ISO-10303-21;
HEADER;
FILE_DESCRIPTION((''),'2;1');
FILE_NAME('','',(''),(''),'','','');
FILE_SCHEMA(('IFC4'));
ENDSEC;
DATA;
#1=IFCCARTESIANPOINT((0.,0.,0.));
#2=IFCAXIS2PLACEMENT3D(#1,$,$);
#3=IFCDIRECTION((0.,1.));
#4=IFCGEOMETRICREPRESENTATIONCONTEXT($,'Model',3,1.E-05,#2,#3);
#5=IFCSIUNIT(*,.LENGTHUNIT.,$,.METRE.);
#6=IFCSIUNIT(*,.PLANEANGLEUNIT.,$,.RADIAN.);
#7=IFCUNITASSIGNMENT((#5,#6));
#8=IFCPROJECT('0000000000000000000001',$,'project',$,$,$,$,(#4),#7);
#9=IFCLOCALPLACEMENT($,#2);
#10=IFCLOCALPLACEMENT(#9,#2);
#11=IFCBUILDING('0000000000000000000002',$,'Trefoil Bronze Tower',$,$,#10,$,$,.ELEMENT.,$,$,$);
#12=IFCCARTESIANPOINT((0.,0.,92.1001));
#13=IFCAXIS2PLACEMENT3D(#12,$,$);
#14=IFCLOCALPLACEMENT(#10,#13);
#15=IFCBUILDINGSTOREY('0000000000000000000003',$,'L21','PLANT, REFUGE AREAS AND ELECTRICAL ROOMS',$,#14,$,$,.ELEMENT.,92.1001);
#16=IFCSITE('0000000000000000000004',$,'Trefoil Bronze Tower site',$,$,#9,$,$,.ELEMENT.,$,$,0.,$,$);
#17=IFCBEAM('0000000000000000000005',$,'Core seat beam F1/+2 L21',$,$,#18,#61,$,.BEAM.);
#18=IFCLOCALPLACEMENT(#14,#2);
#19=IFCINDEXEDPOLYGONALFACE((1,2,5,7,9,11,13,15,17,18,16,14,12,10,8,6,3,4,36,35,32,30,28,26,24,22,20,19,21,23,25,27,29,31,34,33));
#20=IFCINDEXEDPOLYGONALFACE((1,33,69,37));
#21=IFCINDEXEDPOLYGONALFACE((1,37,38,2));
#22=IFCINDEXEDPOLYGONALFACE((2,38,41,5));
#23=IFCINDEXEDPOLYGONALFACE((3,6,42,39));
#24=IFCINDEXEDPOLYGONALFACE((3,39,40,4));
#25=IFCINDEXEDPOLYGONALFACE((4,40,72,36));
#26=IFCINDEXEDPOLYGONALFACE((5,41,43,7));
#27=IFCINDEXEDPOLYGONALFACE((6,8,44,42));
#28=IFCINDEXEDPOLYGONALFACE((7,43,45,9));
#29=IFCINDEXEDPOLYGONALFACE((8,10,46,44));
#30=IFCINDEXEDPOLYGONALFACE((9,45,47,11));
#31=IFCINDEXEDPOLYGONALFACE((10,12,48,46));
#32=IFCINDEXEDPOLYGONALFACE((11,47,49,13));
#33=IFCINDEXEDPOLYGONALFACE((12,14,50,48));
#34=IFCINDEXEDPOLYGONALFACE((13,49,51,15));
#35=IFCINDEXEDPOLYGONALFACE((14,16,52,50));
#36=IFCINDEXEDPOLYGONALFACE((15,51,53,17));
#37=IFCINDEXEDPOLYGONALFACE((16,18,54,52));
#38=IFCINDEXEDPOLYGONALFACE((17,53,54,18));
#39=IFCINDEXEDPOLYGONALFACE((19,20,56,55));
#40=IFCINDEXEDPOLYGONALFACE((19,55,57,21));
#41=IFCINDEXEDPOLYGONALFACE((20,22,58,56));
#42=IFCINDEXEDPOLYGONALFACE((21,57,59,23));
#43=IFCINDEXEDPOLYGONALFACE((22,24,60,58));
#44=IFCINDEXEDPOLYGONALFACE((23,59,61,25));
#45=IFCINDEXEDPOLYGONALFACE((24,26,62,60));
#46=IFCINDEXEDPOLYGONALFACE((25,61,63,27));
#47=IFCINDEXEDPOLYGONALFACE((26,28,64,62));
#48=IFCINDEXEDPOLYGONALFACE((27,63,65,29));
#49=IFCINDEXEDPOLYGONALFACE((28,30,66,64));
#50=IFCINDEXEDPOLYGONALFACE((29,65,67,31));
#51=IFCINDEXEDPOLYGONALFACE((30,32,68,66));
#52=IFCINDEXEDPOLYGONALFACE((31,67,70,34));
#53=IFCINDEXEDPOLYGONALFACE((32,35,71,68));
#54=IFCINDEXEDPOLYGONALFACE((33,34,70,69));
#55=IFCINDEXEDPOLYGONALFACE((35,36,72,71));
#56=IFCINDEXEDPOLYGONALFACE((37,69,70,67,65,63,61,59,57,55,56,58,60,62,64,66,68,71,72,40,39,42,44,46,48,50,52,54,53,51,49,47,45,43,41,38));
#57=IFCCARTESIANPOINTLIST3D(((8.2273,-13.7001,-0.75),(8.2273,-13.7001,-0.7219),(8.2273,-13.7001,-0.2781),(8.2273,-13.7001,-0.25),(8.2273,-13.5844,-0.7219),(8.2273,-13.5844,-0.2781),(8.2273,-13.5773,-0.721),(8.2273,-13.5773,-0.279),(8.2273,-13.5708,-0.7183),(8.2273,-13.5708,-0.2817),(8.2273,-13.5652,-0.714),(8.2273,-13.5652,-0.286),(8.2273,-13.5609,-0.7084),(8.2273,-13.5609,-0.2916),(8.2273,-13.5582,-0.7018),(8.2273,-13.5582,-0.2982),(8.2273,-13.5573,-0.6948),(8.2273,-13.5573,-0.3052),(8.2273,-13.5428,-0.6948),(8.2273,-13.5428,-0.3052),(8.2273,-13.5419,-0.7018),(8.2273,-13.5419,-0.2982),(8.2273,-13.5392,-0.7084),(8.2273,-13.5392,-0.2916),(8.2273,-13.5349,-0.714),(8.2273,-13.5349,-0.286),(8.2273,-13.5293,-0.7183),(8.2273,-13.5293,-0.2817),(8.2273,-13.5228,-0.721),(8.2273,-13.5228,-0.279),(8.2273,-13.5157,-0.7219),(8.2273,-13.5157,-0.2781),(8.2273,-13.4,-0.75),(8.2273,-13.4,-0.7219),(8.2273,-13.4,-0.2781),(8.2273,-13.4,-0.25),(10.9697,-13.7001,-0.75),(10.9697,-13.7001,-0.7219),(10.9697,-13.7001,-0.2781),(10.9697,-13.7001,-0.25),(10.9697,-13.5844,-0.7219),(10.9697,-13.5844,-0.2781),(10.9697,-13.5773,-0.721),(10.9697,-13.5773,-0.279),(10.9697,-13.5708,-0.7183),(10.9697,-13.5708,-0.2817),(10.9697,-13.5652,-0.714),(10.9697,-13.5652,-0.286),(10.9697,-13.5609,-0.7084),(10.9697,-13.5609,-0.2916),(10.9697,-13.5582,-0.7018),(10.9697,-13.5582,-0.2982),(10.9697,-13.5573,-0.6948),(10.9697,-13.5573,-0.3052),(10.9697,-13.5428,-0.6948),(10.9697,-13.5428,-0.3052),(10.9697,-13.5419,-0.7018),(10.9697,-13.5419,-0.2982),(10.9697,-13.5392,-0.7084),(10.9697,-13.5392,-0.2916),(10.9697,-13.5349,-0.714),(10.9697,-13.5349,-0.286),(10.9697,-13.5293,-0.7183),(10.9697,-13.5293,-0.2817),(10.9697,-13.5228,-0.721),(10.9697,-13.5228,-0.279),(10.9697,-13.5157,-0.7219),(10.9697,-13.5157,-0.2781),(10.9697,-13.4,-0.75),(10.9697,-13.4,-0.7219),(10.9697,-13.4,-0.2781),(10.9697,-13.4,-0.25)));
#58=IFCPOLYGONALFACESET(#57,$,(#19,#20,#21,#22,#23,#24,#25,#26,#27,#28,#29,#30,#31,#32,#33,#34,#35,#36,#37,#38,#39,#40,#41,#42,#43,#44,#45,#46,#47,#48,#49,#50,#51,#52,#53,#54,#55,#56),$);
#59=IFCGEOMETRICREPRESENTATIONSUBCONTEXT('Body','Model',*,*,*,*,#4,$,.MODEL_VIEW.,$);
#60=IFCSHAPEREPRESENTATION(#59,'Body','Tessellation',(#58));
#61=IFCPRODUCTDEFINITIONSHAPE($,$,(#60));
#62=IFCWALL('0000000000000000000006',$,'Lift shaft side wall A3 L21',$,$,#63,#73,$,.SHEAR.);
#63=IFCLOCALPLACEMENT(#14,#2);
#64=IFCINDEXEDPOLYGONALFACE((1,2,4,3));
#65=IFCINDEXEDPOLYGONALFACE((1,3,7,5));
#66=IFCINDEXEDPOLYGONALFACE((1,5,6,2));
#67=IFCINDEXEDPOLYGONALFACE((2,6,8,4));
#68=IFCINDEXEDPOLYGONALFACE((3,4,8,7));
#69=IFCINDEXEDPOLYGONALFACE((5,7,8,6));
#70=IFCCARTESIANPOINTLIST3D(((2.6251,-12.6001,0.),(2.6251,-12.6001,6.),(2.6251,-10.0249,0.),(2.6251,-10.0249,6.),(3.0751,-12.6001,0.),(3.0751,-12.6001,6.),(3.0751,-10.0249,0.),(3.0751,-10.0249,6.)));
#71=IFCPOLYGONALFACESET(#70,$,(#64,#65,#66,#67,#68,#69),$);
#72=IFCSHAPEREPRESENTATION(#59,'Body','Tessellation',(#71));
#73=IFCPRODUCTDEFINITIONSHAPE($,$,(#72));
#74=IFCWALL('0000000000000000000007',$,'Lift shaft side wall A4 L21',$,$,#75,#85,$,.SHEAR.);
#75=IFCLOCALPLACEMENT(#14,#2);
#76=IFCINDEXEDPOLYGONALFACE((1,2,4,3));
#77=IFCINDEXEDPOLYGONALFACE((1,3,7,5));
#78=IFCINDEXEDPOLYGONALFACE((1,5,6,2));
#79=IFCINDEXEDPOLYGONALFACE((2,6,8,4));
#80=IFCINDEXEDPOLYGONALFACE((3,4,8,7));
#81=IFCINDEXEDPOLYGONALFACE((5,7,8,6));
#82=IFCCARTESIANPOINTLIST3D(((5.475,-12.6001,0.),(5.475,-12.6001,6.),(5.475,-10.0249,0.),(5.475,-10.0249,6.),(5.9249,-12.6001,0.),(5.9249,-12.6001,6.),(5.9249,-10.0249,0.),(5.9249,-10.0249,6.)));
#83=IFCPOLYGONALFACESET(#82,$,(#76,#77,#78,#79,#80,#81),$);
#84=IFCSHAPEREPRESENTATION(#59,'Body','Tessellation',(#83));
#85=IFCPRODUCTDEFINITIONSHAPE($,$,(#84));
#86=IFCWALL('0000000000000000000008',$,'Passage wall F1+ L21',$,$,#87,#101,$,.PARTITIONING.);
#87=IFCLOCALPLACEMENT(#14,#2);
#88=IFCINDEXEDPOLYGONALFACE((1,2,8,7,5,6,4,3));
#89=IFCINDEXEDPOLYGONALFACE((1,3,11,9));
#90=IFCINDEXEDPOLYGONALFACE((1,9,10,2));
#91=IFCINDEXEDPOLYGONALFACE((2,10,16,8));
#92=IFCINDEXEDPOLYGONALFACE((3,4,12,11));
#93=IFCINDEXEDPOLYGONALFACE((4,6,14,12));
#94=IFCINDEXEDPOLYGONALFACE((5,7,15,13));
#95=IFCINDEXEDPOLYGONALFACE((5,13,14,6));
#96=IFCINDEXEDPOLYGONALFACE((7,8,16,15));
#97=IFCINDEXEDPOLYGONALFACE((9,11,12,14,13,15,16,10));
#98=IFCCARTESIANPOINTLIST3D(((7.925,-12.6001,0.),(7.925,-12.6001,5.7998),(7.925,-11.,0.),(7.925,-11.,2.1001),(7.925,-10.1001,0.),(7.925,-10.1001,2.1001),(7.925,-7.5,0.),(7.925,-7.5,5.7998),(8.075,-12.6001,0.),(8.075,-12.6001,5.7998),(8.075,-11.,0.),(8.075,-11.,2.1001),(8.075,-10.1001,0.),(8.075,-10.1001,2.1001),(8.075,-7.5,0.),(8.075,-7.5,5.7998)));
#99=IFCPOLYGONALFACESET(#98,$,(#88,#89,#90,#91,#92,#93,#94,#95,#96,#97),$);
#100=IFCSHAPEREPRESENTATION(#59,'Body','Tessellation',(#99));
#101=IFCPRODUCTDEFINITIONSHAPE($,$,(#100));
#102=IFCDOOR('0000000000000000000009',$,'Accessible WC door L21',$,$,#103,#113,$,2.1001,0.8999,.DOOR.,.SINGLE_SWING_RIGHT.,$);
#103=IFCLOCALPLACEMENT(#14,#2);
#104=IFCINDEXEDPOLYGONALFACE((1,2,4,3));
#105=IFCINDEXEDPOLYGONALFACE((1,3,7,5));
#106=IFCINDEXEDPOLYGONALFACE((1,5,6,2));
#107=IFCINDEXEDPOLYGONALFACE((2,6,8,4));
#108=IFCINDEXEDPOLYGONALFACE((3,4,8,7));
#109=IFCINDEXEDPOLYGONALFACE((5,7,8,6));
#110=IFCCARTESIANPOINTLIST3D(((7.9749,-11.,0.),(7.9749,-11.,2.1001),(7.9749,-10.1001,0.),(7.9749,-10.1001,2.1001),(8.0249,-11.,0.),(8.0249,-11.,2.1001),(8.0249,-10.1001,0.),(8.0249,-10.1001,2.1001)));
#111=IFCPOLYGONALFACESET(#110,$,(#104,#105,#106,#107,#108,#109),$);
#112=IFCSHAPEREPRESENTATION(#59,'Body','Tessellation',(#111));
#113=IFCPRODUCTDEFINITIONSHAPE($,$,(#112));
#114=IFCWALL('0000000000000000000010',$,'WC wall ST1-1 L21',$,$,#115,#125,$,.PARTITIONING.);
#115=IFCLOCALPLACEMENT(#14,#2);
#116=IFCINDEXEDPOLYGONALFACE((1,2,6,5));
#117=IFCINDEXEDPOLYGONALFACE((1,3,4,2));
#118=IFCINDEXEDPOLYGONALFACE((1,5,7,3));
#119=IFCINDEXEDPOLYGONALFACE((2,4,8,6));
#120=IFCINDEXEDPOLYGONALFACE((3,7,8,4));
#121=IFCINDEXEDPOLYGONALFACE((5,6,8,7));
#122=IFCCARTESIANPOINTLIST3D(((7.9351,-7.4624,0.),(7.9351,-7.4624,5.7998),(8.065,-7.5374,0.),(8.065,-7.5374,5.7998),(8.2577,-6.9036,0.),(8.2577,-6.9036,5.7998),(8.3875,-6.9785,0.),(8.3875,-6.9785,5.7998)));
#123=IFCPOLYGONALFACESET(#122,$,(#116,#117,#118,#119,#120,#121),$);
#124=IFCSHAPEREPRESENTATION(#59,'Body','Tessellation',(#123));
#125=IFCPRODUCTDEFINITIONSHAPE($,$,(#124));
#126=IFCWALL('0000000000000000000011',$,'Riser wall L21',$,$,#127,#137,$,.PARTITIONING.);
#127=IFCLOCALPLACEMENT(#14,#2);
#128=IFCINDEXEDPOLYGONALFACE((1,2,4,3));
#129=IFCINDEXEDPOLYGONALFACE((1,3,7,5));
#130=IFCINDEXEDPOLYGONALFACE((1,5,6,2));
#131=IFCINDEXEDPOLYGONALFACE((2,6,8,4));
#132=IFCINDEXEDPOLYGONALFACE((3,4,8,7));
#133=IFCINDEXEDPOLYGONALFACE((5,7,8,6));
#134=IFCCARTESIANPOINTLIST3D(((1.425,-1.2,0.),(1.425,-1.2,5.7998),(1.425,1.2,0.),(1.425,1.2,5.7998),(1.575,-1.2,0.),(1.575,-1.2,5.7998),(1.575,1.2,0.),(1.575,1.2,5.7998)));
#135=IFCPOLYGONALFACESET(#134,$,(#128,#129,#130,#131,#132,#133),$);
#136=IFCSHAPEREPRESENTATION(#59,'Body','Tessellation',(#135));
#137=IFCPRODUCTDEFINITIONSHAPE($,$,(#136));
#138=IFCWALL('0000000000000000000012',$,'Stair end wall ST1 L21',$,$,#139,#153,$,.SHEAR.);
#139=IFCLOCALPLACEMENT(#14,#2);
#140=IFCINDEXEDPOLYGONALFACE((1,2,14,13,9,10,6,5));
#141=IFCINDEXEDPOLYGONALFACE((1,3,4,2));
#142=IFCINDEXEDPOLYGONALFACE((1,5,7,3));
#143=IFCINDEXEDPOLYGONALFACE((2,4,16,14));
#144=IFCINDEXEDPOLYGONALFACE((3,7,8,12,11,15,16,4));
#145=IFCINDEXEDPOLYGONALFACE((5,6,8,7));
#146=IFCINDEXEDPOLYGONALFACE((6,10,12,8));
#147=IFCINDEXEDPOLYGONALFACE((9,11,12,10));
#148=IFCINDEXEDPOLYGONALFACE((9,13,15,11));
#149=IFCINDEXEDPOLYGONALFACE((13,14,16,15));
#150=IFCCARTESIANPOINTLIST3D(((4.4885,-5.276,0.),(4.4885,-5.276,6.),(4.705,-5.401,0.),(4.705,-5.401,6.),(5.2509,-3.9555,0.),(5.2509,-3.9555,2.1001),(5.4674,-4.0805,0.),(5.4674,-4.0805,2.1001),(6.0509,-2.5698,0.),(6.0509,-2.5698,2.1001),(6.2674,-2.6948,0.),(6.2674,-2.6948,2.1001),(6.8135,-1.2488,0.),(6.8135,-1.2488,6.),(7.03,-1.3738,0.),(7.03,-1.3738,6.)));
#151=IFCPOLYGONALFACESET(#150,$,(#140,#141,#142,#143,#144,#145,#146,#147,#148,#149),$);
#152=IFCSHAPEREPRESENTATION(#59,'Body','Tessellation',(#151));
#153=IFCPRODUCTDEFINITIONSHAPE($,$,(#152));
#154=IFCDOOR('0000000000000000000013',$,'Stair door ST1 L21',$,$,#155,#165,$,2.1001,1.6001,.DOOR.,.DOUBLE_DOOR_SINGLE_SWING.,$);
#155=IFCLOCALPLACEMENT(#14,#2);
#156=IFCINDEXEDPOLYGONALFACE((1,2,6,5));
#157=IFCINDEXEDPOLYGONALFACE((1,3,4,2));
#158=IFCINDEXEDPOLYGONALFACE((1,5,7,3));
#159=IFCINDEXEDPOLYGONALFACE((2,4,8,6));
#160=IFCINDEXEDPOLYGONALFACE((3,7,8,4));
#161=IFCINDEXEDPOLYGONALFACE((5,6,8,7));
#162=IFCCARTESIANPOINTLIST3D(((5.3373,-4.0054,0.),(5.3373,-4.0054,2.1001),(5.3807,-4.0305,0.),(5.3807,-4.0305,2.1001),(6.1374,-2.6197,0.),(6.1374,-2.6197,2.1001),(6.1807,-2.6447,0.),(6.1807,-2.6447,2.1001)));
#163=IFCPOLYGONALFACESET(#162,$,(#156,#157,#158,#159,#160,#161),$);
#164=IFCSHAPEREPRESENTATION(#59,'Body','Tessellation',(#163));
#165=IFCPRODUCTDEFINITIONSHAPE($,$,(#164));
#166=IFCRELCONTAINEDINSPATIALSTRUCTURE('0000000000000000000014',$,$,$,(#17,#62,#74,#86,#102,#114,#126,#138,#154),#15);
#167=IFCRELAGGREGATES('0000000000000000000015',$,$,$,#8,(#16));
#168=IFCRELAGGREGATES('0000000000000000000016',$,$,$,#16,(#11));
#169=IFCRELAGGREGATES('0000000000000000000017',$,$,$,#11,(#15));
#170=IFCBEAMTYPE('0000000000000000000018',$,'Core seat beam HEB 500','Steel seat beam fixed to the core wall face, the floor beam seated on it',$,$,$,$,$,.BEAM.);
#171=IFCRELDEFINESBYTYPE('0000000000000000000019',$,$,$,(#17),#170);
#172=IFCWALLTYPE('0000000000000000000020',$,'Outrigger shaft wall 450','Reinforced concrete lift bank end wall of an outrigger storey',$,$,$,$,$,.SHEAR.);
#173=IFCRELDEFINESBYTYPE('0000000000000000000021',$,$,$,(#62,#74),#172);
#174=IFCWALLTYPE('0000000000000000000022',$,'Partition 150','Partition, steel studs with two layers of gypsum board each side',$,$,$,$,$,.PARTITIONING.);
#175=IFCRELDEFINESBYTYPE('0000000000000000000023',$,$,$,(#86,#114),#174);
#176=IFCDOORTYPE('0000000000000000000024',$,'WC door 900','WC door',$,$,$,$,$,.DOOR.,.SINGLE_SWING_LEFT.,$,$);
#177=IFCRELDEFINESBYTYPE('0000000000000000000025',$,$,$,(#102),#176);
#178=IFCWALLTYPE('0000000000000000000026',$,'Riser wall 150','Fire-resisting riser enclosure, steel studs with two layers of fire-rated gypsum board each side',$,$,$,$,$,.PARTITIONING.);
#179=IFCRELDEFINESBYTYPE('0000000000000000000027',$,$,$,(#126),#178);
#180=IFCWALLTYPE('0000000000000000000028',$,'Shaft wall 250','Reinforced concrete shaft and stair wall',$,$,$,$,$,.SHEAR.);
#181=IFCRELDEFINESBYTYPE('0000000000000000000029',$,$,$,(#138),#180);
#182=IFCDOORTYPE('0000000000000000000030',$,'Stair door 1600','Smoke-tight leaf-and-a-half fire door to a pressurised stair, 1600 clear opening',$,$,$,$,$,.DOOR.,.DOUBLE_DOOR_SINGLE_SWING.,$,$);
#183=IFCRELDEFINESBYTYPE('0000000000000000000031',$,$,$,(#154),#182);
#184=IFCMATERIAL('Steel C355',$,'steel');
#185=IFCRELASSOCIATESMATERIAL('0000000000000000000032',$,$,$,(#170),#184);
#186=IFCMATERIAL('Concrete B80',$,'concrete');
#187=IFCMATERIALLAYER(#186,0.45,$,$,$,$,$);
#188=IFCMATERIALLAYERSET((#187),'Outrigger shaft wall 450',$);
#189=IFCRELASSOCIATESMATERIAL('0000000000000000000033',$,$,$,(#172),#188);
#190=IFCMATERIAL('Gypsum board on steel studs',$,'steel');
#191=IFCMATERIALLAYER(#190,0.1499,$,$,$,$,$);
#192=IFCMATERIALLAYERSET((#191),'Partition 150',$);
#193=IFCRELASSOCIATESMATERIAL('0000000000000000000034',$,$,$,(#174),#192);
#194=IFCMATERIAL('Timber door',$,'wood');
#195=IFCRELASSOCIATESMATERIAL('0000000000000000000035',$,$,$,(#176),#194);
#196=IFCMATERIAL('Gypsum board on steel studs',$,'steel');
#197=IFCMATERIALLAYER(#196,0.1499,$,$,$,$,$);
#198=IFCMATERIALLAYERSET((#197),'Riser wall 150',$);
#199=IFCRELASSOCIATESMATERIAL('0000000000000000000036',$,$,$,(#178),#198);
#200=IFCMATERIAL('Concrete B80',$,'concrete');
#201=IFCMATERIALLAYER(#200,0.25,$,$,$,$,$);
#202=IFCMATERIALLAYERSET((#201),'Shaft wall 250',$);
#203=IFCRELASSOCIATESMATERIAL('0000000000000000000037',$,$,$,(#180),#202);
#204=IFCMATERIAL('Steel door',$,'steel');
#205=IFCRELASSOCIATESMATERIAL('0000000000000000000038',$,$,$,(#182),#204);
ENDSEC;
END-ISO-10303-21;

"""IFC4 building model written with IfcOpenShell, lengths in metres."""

from ifc_helpers import new_model, si_unit, direction, frame, frame_2d, origin, origin_2d, place, context, subcontext, project, spatial, rectangle, i_section, extrude, material, layer, layer_set, material_profile, profile_set, type_object, element, fill, save


model = new_model("IFC4")

# Units and contexts
model_context = context("Model", 3, precision=1e-05, world=origin(), true_north=direction((0.0, 1.0)))
body_context = subcontext(model_context, "Body", "Model", "MODEL_VIEW")
ifc_project = project(units=[si_unit("LENGTHUNIT", "METRE"), si_unit("PLANEANGLEUNIT", "RADIAN")], contexts=[model_context])

# Site, building, storey
site_placement = place(None, origin())
site = spatial("IfcSite", under=ifc_project, at=site_placement, Name="Trefoil Bronze Tower site", CompositionType="ELEMENT", RefElevation=0.0)
building_placement = place(site_placement, origin())
building = spatial("IfcBuilding", under=site, at=building_placement, Name="Trefoil Bronze Tower", CompositionType="ELEMENT")
storey_placement = place(building_placement, frame((0.0, 0.0, 92.1001)))
storey = spatial("IfcBuildingStorey", under=building, at=storey_placement, Name="L21", Description="PLANT, REFUGE AREAS AND ELECTRICAL ROOMS", CompositionType="ELEMENT", Elevation=92.1001)

# Beam
ifc_material_1 = material(Name="Steel C355", Category="steel")
ifc_material_profile = material_profile(ifc_material_1, i_section(OverallWidth=0.3, OverallDepth=0.5, WebThickness=0.0144, FlangeThickness=0.0281, FilletRadius=0.0271, at=origin_2d()), Name="HEB 500")
ifc_profile_set = profile_set([ifc_material_profile], Name="Steel C355")
beam_type = type_object("IfcBeamType", Name="Core seat beam HEB 500", Description="Steel seat beam fixed to the core wall face, the floor beam seated on it", PredefinedType="BEAM", material=ifc_profile_set)
beam_placement = place(storey_placement, frame((8.2273, -13.55, -0.5), z_axis=(1.0, 0.0, 0.0), x_axis=(0.0, 1.0, 0.0)))
element("IfcBeam", 1, at=beam_placement, inside=storey, type_object=beam_type, Name="Core seat beam F1/+2 L21", PredefinedType="BEAM", context=body_context, shape_type="SweptSolid", body=[
    extrude(i_section(OverallWidth=0.3, OverallDepth=0.5, WebThickness=0.0144, FlangeThickness=0.0281, FilletRadius=0.0271, at=origin_2d()), origin(), (0.0, 0.0, 1.0), 2.7424),
])

# Walls
ifc_material_2 = material(Name="Concrete B80", Category="concrete")
ifc_layer_1 = layer(ifc_material_2, 0.45)
ifc_layer_set_1 = layer_set([ifc_layer_1], Name="Outrigger shaft wall 450")
wall_type_1 = type_object("IfcWallType", Name="Outrigger shaft wall 450", Description="Reinforced concrete lift bank end wall of an outrigger storey", PredefinedType="SHEAR", material=ifc_layer_set_1)
for number, where, z_axis, x_axis, name in (
    (2, (2.8501, -10.0249, 0.0), (0.0, 0.0, 1.0), (0.0, -1.0, 0.0), "Lift shaft side wall A3 L21"),
    (3, (5.7, -10.0249, 0.0), (0.0, 0.0, 1.0), (0.0, -1.0, 0.0), "Lift shaft side wall A4 L21"),
):
    element("IfcWall", number, at=place(storey_placement, frame(where, z_axis=z_axis, x_axis=x_axis)), inside=storey, type_object=wall_type_1, Name=name, PredefinedType="SHEAR", context=body_context, shape_type="SweptSolid", body=[
        extrude(rectangle(XDim=2.5752, YDim=0.45, at=frame_2d((1.2876, 0.0))), origin(), (0.0, 0.0, 1.0), 6.0),
    ])

# Wall, opening, door
ifc_material_3 = material(Name="Gypsum board on steel studs", Category="steel")
ifc_layer_2 = layer(ifc_material_3, 0.1499)
ifc_layer_set_2 = layer_set([ifc_layer_2], Name="Partition 150")
wall_type_2 = type_object("IfcWallType", Name="Partition 150", Description="Partition, steel studs with two layers of gypsum board each side", PredefinedType="PARTITIONING", material=ifc_layer_set_2)
wall_1_placement = place(storey_placement, frame((8.0, -7.5, 0.0), z_axis=(0.0, 0.0, 1.0), x_axis=(0.0, -1.0, 0.0)))
wall_1 = element("IfcWall", 4, at=wall_1_placement, inside=storey, type_object=wall_type_2, Name="Passage wall F1+ L21", PredefinedType="PARTITIONING", context=body_context, shape_type="SweptSolid", body=[
    extrude(rectangle(XDim=5.1001, YDim=0.1499, at=frame_2d((2.55, 0.0))), origin(), (0.0, 0.0, 1.0), 5.7998),
])
opening_1_placement = place(wall_1_placement, frame((2.6001, 0.0, 0.0)))
opening_1 = element("IfcOpeningElement", 5, at=opening_1_placement, cuts=wall_1, PredefinedType="OPENING", context=body_context, shape_type="SweptSolid", body=[
    extrude(rectangle(XDim=0.8999, YDim=2.1001, at=frame_2d((0.45, 1.05))), frame((0.0, 0.085, 0.0), z_axis=(0.0, -1.0, 0.0), x_axis=(1.0, 0.0, 0.0)), (0.0, 0.0, 1.0), 0.1699),
])
ifc_material_4 = material(Name="Timber door", Category="wood")
door_type_1 = type_object("IfcDoorType", Name="WC door 900", Description="WC door", OperationType="SINGLE_SWING_LEFT", PredefinedType="DOOR", material=ifc_material_4)
door_1_placement = place(opening_1_placement, origin())
door_1 = element("IfcDoor", 6, at=door_1_placement, inside=storey, type_object=door_type_1, Name="Accessible WC door L21", OperationType="SINGLE_SWING_RIGHT", OverallHeight=2.1001, OverallWidth=0.8999, PredefinedType="DOOR", context=body_context, shape_type="SweptSolid", body=[
    extrude(rectangle(XDim=0.8999, YDim=2.1001, at=frame_2d((0.45, 1.05))), frame((0.0, 0.0249, 0.0), z_axis=(0.0, -1.0, 0.0), x_axis=(1.0, 0.0, 0.0)), (0.0, 0.0, 1.0), 0.05),
])
fill(opening_1, door_1)

# Walls
wall_2_placement = place(storey_placement, frame((8.0, -7.5, 0.0), z_axis=(0.0, 0.0, 1.0), x_axis=(0.499843, 0.866116, 0.0)))
element("IfcWall", 7, at=wall_2_placement, inside=storey, type_object=wall_type_2, Name="WC wall ST1-1 L21", PredefinedType="PARTITIONING", context=body_context, shape_type="SweptSolid", body=[
    extrude(rectangle(XDim=0.6453, YDim=0.1499, at=frame_2d((0.3228, 0.0))), origin(), (0.0, 0.0, 1.0), 5.7998),
])
ifc_material_5 = material(Name="Gypsum board on steel studs", Category="steel")
ifc_layer_3 = layer(ifc_material_5, 0.1499)
ifc_layer_set_3 = layer_set([ifc_layer_3], Name="Riser wall 150")
wall_type_3 = type_object("IfcWallType", Name="Riser wall 150", Description="Fire-resisting riser enclosure, steel studs with two layers of fire-rated gypsum board each side", PredefinedType="PARTITIONING", material=ifc_layer_set_3)
wall_3_placement = place(storey_placement, frame((1.5, -1.2, 0.0), z_axis=(0.0, 0.0, 1.0), x_axis=(0.0, 1.0, 0.0)))
element("IfcWall", 8, at=wall_3_placement, inside=storey, type_object=wall_type_3, Name="Riser wall L21", PredefinedType="PARTITIONING", context=body_context, shape_type="SweptSolid", body=[
    extrude(rectangle(XDim=2.3999, YDim=0.1499, at=frame_2d((1.2, 0.0))), origin(), (0.0, 0.0, 1.0), 5.7998),
])

# Wall, opening, door
ifc_material_6 = material(Name="Concrete B80", Category="concrete")
ifc_layer_4 = layer(ifc_material_6, 0.25)
ifc_layer_set_4 = layer_set([ifc_layer_4], Name="Shaft wall 250")
wall_type_4 = type_object("IfcWallType", Name="Shaft wall 250", Description="Reinforced concrete shaft and stair wall", PredefinedType="SHEAR", material=ifc_layer_set_4)
wall_4_placement = place(storey_placement, frame((4.5967, -5.3386, 0.0), z_axis=(0.0, 0.0, 1.0), x_axis=(0.499985, 0.866034, 0.0)))
wall_4 = element("IfcWall", 9, at=wall_4_placement, inside=storey, type_object=wall_type_4, Name="Stair end wall ST1 L21", PredefinedType="SHEAR", context=body_context, shape_type="SweptSolid", body=[
    extrude(rectangle(XDim=4.6501, YDim=0.25, at=frame_2d((2.3252, 0.0))), origin(), (0.0, 0.0, 1.0), 6.0),
])
opening_2_placement = place(wall_4_placement, frame((1.5249, 0.0, 0.0)))
opening_2 = element("IfcOpeningElement", 10, at=opening_2_placement, cuts=wall_4, PredefinedType="OPENING", context=body_context, shape_type="SweptSolid", body=[
    extrude(rectangle(XDim=1.6001, YDim=2.1001, at=frame_2d((0.8, 1.05))), frame((0.0, 0.135, 0.0), z_axis=(0.0, -1.0, 0.0), x_axis=(1.0, 0.0, 0.0)), (0.0, 0.0, 1.0), 0.27),
])
ifc_material_7 = material(Name="Steel door", Category="steel")
door_type_2 = type_object("IfcDoorType", Name="Stair door 1600", Description="Smoke-tight leaf-and-a-half fire door to a pressurised stair, 1600 clear opening", OperationType="DOUBLE_DOOR_SINGLE_SWING", PredefinedType="DOOR", material=ifc_material_7)
door_2_placement = place(opening_2_placement, frame((1.6001, 0.0, 0.0), z_axis=(0.0, 0.0, 1.0), x_axis=(-1.0, 0.0, 0.0)))
door_2 = element("IfcDoor", 11, at=door_2_placement, inside=storey, type_object=door_type_2, Name="Stair door ST1 L21", OperationType="DOUBLE_DOOR_SINGLE_SWING", OverallHeight=2.1001, OverallWidth=1.6001, PredefinedType="DOOR", context=body_context, shape_type="SweptSolid", body=[
    extrude(rectangle(XDim=1.6001, YDim=2.1001, at=frame_2d((0.8, 1.05))), frame((0.0, 0.0249, 0.0), z_axis=(0.0, -1.0, 0.0), x_axis=(1.0, 0.0, 0.0)), (0.0, 0.0, 1.0), 0.05),
])
fill(opening_2, door_2)

save(model, "model.ifc")
